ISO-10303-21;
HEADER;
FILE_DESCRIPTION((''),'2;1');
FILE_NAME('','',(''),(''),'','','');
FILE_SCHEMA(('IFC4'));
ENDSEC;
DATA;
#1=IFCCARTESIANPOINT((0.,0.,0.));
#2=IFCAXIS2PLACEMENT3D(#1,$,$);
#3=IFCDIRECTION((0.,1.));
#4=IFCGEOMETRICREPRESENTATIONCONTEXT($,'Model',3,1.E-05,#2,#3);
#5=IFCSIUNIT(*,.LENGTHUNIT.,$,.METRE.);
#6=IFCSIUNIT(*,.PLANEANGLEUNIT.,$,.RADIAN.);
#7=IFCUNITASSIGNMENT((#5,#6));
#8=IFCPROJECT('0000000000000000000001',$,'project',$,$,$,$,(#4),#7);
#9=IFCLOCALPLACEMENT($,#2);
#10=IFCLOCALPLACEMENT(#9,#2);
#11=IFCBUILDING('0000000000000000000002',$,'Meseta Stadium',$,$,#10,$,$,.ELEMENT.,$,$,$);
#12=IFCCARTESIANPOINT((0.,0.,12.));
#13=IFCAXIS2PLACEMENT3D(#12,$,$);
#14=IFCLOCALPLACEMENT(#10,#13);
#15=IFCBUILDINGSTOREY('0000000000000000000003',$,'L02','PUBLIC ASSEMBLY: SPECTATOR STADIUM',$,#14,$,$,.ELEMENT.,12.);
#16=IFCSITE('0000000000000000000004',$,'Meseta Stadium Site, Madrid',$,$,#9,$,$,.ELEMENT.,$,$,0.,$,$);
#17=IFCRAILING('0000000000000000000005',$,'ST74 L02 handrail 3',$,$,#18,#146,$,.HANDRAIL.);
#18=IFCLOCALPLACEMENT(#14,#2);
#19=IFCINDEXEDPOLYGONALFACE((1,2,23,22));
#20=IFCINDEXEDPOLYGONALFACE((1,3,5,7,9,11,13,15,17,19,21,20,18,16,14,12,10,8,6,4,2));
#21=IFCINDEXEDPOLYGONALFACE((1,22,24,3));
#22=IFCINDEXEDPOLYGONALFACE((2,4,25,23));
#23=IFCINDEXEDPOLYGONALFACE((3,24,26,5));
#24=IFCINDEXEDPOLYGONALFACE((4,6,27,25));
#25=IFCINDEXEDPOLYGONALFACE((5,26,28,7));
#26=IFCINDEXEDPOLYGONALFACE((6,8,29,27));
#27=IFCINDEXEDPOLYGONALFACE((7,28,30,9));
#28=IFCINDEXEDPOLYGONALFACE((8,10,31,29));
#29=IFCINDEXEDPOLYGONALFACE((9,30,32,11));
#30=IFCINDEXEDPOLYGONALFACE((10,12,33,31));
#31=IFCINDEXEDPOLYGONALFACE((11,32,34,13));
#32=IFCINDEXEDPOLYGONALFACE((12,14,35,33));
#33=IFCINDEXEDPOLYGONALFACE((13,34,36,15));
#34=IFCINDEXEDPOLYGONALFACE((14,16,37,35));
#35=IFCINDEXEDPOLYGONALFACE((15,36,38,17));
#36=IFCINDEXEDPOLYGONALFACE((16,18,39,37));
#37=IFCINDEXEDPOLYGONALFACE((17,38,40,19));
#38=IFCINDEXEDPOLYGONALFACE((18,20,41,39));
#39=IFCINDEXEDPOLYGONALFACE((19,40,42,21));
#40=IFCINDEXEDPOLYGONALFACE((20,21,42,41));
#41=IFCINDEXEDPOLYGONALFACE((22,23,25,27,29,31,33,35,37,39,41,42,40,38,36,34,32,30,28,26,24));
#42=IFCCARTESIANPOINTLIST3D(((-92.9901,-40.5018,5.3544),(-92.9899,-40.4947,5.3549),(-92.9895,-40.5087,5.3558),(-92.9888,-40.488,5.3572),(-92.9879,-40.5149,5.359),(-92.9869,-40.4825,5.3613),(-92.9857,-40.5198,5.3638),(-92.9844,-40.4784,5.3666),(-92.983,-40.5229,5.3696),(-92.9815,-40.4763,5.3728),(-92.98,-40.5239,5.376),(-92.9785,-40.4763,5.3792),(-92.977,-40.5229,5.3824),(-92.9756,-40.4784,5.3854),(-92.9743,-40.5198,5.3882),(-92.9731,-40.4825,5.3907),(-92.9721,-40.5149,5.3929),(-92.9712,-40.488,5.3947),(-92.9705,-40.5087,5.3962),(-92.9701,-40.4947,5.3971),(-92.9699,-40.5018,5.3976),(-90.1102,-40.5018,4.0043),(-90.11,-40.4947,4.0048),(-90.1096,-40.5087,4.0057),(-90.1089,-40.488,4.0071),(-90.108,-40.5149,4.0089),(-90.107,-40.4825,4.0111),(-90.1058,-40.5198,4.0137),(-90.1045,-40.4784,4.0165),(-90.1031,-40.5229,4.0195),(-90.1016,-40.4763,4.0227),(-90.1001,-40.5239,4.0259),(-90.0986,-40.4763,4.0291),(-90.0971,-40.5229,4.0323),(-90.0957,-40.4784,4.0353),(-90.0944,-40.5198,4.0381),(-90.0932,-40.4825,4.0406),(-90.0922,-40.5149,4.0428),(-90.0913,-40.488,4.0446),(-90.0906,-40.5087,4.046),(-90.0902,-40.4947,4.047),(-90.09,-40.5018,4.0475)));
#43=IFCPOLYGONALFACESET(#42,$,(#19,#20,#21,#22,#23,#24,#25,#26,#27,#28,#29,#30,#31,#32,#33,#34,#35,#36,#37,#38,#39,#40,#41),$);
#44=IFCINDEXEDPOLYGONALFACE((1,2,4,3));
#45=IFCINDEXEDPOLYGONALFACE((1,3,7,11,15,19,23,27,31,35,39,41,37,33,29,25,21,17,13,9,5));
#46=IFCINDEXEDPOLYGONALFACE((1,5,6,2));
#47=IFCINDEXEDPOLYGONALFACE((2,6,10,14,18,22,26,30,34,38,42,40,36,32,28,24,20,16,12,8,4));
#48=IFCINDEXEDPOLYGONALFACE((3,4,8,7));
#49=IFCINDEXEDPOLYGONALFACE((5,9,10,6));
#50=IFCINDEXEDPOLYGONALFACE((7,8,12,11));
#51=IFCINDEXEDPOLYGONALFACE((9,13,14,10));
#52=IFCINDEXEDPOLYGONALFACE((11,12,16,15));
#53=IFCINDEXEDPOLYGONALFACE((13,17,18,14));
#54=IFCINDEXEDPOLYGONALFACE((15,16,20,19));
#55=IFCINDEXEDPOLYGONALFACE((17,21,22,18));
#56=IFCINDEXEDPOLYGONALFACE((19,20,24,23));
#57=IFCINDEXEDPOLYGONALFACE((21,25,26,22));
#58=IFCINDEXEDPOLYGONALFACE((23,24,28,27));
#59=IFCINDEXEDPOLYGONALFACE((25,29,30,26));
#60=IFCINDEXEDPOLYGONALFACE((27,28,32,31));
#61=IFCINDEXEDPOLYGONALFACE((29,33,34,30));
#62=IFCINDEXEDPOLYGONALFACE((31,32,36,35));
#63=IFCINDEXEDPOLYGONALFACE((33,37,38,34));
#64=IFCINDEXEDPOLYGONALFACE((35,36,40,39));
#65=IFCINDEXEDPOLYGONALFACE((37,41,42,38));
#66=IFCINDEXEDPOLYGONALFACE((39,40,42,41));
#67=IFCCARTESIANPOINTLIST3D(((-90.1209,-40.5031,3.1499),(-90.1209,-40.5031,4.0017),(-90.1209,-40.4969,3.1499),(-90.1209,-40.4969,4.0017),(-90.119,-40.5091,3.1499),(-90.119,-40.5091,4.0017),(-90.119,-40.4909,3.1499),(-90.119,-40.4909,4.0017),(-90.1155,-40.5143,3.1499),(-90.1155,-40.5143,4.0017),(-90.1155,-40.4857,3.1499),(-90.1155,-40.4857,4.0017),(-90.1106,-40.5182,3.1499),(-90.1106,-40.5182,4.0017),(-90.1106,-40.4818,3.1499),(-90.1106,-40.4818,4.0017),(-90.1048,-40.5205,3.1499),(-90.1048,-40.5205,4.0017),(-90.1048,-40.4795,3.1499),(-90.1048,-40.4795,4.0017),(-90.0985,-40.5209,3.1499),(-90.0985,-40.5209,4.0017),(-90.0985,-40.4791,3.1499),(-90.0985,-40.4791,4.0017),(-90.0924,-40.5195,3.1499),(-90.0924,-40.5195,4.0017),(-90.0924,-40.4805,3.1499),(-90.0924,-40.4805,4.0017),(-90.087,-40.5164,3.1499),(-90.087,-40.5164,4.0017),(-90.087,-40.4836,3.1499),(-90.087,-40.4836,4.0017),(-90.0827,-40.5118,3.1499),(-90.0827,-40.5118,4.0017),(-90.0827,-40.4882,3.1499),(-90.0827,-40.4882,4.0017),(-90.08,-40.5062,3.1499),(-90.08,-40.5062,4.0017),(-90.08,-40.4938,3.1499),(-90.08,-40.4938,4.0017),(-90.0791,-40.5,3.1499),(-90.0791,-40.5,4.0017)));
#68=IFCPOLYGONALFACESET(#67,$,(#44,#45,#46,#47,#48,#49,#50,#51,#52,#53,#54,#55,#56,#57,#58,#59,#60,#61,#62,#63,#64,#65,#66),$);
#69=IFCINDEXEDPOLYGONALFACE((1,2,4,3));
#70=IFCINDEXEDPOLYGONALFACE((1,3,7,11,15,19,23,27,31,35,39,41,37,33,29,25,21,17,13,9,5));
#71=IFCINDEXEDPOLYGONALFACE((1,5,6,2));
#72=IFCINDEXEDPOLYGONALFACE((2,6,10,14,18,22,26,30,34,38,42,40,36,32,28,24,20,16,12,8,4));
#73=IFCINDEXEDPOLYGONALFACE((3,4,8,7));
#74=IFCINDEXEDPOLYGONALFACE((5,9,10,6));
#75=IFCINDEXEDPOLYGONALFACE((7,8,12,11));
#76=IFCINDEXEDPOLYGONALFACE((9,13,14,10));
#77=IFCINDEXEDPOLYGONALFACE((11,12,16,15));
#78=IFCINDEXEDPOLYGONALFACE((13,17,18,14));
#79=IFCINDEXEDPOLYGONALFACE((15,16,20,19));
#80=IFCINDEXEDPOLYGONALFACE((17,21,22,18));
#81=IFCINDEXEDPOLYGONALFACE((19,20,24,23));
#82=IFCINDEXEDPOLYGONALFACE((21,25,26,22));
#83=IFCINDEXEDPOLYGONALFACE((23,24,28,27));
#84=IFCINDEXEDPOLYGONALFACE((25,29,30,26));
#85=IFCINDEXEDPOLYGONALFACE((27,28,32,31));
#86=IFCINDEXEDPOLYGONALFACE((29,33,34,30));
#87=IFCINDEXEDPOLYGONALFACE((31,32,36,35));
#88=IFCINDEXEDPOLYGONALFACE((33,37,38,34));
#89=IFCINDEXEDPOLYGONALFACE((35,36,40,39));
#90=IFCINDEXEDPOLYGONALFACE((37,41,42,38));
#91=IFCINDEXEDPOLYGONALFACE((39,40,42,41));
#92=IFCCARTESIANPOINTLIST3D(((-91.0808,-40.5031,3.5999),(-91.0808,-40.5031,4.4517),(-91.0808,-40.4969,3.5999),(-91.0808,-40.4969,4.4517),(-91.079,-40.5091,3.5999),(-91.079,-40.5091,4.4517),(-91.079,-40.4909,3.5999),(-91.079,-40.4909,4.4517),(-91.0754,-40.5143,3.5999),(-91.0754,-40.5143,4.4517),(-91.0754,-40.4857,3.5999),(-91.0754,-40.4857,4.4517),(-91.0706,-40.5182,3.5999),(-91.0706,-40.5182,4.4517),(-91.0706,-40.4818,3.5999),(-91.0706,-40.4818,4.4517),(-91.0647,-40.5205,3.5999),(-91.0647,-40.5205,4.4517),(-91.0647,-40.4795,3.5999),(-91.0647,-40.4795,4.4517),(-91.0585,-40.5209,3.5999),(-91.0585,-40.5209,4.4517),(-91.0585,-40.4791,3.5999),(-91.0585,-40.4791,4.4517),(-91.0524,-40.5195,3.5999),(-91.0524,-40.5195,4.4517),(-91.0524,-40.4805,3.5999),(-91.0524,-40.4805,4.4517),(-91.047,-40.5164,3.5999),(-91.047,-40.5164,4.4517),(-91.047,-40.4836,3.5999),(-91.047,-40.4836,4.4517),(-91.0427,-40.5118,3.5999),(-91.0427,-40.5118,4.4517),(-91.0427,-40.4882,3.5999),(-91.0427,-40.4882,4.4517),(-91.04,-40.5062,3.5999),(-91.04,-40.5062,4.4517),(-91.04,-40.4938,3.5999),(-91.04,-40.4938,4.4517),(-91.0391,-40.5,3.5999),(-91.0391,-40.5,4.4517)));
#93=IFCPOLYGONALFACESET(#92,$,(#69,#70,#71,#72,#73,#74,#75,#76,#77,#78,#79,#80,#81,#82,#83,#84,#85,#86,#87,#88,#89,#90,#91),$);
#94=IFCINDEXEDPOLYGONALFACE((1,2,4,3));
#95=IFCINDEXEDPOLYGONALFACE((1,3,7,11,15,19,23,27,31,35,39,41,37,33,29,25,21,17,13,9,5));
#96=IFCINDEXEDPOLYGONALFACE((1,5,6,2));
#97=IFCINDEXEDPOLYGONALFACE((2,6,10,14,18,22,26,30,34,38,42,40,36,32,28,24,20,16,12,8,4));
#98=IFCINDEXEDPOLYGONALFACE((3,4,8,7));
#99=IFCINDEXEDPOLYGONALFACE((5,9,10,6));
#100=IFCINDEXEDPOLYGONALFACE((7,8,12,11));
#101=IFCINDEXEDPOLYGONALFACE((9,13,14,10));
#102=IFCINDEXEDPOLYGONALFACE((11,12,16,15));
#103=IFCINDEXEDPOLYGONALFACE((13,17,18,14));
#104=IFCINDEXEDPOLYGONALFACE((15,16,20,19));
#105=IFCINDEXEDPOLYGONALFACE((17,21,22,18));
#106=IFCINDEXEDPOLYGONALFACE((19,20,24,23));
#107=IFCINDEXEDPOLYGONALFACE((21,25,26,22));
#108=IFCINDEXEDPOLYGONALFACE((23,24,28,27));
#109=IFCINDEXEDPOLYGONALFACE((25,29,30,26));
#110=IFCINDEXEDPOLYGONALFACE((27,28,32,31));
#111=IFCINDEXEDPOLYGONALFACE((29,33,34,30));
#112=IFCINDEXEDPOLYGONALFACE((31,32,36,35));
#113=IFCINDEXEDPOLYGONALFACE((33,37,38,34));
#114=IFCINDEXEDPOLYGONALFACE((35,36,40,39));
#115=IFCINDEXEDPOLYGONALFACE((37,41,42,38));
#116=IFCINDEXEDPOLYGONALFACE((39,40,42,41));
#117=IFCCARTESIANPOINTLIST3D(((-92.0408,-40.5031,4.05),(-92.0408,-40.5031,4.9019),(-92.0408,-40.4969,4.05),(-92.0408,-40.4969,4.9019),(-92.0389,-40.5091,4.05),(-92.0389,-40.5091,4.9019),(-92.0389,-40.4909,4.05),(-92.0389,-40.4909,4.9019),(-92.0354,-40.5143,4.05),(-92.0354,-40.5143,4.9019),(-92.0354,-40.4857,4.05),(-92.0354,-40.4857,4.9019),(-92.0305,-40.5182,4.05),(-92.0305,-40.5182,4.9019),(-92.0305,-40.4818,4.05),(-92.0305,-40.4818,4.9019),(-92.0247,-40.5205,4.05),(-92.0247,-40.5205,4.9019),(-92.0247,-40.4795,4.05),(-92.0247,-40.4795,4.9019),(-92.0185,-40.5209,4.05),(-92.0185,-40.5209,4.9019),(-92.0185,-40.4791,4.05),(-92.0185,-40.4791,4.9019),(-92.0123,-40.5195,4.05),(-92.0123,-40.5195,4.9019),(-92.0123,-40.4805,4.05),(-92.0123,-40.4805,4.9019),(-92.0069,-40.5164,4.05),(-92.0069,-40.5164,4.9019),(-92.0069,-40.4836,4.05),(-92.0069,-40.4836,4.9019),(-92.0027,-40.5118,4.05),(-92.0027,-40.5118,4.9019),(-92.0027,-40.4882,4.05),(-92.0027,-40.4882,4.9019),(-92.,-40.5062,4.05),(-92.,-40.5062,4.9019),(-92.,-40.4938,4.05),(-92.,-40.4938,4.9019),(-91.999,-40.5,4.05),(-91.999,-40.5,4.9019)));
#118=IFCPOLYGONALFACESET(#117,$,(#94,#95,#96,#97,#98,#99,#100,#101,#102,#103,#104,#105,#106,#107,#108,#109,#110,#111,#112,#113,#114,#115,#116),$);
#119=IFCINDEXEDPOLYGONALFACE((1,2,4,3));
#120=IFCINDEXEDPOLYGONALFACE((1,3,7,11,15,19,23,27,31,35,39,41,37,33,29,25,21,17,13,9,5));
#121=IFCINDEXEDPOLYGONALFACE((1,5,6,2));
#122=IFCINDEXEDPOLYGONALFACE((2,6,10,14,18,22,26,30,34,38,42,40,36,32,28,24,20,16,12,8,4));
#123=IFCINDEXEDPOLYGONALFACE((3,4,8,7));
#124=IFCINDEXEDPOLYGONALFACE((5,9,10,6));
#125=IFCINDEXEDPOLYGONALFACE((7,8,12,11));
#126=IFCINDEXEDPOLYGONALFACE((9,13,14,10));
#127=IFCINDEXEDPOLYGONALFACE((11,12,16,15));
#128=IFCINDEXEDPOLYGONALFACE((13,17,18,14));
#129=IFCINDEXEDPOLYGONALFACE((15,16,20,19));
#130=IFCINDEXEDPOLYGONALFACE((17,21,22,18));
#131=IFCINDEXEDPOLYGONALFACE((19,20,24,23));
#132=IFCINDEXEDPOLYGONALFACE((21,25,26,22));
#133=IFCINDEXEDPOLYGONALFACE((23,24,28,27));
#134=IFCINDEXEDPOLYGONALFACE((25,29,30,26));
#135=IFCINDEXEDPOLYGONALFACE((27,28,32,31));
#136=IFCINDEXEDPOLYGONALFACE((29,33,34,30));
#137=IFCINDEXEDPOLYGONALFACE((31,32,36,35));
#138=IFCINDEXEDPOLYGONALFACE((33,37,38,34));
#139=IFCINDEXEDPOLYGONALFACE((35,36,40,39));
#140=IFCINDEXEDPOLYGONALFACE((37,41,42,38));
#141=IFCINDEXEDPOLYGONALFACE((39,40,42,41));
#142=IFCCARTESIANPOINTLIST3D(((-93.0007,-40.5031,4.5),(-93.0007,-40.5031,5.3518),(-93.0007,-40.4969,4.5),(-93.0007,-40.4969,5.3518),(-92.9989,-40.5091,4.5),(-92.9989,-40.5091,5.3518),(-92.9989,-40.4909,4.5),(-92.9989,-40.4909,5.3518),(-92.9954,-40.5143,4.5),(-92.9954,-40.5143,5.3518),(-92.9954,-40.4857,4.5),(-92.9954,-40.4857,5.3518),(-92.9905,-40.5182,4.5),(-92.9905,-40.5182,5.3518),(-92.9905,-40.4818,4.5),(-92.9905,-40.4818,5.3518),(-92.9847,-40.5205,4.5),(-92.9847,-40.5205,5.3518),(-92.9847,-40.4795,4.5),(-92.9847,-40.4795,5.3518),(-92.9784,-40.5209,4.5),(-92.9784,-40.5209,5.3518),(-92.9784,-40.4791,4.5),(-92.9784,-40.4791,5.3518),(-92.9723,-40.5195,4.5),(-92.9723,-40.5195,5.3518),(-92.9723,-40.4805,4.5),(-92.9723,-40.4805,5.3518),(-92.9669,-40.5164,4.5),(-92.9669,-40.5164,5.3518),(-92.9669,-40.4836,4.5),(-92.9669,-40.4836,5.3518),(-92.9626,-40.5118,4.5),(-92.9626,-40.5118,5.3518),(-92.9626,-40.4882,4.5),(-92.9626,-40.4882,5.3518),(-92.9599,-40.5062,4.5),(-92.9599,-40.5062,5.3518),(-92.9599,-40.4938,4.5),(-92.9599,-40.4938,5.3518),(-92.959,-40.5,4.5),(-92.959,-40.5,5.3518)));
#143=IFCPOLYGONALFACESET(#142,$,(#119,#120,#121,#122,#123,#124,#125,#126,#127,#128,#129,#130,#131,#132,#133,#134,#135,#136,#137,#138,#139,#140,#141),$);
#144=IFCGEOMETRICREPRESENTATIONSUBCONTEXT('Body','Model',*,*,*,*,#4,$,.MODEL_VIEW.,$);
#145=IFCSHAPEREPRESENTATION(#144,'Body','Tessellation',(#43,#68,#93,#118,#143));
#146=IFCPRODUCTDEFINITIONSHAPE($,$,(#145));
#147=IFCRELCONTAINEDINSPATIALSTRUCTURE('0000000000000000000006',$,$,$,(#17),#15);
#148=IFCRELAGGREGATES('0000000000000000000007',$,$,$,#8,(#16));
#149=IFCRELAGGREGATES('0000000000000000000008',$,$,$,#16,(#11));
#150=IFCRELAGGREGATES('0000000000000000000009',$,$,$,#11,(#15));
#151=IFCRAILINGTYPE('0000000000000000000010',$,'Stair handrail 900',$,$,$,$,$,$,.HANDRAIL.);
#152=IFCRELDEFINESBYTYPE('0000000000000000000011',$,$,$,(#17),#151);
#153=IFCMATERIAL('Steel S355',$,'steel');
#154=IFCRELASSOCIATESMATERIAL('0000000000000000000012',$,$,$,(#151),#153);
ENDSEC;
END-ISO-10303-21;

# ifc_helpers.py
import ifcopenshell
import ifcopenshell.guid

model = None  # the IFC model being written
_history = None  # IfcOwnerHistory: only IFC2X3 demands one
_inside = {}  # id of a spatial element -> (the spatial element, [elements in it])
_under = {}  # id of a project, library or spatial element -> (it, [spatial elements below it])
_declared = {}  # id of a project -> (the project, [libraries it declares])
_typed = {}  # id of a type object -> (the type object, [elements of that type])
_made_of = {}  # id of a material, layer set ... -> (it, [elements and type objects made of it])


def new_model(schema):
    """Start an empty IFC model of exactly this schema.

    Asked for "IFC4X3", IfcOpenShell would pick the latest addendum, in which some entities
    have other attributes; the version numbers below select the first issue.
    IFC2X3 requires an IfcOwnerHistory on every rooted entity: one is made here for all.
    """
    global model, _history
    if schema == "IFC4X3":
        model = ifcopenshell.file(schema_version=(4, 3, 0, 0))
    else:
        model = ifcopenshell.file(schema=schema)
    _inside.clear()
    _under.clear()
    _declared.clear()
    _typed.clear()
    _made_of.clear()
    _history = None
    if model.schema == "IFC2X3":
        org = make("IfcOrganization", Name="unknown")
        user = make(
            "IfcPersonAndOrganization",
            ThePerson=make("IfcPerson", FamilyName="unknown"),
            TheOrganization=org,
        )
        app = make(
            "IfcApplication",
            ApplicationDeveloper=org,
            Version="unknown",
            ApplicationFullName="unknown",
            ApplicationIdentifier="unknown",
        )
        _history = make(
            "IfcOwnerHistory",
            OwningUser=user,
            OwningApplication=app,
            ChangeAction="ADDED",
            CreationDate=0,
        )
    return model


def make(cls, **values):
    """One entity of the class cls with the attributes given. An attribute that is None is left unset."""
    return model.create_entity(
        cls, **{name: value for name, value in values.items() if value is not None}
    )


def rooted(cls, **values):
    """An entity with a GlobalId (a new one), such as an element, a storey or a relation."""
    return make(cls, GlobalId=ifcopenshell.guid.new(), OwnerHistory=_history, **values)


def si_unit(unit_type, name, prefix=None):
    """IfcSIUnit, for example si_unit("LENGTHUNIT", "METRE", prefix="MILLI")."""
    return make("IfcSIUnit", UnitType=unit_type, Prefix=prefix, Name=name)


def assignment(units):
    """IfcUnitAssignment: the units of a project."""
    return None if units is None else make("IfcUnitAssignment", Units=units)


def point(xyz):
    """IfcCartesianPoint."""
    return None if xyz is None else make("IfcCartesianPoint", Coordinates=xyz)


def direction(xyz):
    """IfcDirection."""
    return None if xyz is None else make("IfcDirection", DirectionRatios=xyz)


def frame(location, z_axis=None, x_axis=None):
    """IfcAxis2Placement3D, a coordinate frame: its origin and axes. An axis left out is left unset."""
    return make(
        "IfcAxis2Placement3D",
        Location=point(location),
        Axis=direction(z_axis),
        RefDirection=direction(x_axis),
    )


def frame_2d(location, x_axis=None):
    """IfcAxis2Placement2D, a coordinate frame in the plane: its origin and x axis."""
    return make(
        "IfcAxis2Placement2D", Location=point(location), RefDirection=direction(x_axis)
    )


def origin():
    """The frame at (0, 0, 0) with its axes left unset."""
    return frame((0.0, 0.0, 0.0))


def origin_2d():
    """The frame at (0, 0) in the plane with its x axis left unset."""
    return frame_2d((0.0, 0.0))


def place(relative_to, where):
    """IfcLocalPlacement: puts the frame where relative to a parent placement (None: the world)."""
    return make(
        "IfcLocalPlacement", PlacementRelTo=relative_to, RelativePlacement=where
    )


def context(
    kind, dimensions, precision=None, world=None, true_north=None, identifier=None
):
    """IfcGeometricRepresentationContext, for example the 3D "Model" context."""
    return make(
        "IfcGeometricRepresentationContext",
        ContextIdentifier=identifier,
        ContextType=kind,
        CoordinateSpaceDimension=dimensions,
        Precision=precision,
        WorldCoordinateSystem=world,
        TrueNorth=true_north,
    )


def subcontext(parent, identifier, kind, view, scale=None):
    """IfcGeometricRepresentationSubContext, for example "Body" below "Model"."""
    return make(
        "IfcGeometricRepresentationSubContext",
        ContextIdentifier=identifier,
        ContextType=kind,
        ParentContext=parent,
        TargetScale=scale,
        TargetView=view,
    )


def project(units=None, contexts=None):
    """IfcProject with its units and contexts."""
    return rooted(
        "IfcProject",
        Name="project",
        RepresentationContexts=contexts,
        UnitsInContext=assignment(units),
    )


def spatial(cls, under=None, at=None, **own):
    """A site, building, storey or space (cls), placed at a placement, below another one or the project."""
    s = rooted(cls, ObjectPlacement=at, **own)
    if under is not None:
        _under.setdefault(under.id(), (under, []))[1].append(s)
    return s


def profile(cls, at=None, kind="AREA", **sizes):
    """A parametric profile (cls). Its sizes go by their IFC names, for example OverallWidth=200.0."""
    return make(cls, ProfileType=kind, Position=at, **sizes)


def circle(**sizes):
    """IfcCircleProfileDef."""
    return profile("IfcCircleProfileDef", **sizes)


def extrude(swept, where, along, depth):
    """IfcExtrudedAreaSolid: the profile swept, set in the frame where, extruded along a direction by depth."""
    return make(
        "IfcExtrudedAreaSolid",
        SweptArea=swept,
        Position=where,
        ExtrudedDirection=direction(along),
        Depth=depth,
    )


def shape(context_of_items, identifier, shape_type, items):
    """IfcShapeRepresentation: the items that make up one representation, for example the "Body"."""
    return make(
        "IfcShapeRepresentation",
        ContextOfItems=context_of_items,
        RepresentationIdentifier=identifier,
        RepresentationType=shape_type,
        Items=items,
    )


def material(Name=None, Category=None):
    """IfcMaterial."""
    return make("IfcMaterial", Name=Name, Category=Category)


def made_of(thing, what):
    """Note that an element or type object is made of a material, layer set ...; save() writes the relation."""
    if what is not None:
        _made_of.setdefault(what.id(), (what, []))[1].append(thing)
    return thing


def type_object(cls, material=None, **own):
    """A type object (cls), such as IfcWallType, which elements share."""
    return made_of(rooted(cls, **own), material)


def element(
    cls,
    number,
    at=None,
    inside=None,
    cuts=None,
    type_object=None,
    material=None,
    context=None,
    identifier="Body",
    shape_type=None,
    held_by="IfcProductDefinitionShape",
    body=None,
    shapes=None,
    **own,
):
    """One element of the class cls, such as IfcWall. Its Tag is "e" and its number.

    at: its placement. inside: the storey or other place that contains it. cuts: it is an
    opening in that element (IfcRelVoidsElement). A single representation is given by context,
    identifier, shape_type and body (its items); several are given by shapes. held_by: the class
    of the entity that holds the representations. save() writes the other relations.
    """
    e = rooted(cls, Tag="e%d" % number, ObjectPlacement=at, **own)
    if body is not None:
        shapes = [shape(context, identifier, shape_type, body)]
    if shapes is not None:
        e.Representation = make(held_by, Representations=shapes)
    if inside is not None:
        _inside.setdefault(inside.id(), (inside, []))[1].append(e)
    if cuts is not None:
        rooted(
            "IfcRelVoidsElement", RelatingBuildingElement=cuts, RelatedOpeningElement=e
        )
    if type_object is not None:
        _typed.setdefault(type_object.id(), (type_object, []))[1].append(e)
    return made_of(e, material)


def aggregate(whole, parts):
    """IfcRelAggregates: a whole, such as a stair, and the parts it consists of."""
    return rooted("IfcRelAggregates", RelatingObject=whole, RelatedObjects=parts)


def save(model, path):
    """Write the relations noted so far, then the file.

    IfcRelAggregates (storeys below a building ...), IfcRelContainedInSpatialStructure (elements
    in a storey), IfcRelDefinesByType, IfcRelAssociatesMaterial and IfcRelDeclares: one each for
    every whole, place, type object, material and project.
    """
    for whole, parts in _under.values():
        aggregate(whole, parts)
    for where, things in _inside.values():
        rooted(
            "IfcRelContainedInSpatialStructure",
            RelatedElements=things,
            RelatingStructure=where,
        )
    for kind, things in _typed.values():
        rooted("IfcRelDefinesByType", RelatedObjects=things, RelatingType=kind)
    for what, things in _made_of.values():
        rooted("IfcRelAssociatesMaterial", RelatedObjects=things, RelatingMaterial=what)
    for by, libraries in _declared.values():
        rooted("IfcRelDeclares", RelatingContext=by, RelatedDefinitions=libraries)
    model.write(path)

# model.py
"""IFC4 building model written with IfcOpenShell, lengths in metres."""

from ifc_helpers import new_model, si_unit, direction, frame, origin, origin_2d, place, context, subcontext, project, spatial, circle, extrude, material, type_object, element, save


model = new_model("IFC4")

# Units and contexts
model_context = context("Model", 3, precision=1e-05, world=origin(), true_north=direction((0.0, 1.0)))
body_context = subcontext(model_context, "Body", "Model", "MODEL_VIEW")
ifc_project = project(units=[si_unit("LENGTHUNIT", "METRE"), si_unit("PLANEANGLEUNIT", "RADIAN")], contexts=[model_context])

# Site, building, storey
site_placement = place(None, origin())
site = spatial("IfcSite", under=ifc_project, at=site_placement, Name="Meseta Stadium Site, Madrid", CompositionType="ELEMENT", RefElevation=0.0)
building_placement = place(site_placement, origin())
building = spatial("IfcBuilding", under=site, at=building_placement, Name="Meseta Stadium", CompositionType="ELEMENT")
storey_placement = place(building_placement, frame((0.0, 0.0, 12.0)))
storey = spatial("IfcBuildingStorey", under=building, at=storey_placement, Name="L02", Description="PUBLIC ASSEMBLY: SPECTATOR STADIUM", CompositionType="ELEMENT", Elevation=12.0)

# Railing
ifc_material_1 = material(Name="Steel S355", Category="steel")
railing_type_1 = type_object("IfcRailingType", Name="Stair handrail 900", PredefinedType="HANDRAIL", material=ifc_material_1)
for number, where, name in (
    (1, (-90.1001, -40.5, 3.1499), "ST74 L02 handrail 3"),
):
    element("IfcRailing", number, at=place(storey_placement, frame(where)), inside=storey, type_object=railing_type_1, Name=name, PredefinedType="HANDRAIL", context=body_context, shape_type="SweptSolid", body=[
        extrude(circle(Radius=0.0239, at=origin_2d()), frame((0.0, 0.0, 0.876), z_axis=(-0.90544, 0.0, 0.424473), x_axis=(0.0, -1.0, 0.0)), (0.0, 0.0, 1.0), 3.1807),
        extrude(circle(Radius=0.021, at=origin_2d()), origin(), (0.0, 0.0, 1.0), 0.8518),
        extrude(circle(Radius=0.021, at=origin_2d()), frame((-0.96, 0.0, 0.45)), (0.0, 0.0, 1.0), 0.8518),
        extrude(circle(Radius=0.021, at=origin_2d()), frame((-1.9199, 0.0, 0.9001)), (0.0, 0.0, 1.0), 0.8518),
        extrude(circle(Radius=0.021, at=origin_2d()), frame((-2.8799, 0.0, 1.3501)), (0.0, 0.0, 1.0), 0.8518),
    ])

save(model, "model.ifc")
